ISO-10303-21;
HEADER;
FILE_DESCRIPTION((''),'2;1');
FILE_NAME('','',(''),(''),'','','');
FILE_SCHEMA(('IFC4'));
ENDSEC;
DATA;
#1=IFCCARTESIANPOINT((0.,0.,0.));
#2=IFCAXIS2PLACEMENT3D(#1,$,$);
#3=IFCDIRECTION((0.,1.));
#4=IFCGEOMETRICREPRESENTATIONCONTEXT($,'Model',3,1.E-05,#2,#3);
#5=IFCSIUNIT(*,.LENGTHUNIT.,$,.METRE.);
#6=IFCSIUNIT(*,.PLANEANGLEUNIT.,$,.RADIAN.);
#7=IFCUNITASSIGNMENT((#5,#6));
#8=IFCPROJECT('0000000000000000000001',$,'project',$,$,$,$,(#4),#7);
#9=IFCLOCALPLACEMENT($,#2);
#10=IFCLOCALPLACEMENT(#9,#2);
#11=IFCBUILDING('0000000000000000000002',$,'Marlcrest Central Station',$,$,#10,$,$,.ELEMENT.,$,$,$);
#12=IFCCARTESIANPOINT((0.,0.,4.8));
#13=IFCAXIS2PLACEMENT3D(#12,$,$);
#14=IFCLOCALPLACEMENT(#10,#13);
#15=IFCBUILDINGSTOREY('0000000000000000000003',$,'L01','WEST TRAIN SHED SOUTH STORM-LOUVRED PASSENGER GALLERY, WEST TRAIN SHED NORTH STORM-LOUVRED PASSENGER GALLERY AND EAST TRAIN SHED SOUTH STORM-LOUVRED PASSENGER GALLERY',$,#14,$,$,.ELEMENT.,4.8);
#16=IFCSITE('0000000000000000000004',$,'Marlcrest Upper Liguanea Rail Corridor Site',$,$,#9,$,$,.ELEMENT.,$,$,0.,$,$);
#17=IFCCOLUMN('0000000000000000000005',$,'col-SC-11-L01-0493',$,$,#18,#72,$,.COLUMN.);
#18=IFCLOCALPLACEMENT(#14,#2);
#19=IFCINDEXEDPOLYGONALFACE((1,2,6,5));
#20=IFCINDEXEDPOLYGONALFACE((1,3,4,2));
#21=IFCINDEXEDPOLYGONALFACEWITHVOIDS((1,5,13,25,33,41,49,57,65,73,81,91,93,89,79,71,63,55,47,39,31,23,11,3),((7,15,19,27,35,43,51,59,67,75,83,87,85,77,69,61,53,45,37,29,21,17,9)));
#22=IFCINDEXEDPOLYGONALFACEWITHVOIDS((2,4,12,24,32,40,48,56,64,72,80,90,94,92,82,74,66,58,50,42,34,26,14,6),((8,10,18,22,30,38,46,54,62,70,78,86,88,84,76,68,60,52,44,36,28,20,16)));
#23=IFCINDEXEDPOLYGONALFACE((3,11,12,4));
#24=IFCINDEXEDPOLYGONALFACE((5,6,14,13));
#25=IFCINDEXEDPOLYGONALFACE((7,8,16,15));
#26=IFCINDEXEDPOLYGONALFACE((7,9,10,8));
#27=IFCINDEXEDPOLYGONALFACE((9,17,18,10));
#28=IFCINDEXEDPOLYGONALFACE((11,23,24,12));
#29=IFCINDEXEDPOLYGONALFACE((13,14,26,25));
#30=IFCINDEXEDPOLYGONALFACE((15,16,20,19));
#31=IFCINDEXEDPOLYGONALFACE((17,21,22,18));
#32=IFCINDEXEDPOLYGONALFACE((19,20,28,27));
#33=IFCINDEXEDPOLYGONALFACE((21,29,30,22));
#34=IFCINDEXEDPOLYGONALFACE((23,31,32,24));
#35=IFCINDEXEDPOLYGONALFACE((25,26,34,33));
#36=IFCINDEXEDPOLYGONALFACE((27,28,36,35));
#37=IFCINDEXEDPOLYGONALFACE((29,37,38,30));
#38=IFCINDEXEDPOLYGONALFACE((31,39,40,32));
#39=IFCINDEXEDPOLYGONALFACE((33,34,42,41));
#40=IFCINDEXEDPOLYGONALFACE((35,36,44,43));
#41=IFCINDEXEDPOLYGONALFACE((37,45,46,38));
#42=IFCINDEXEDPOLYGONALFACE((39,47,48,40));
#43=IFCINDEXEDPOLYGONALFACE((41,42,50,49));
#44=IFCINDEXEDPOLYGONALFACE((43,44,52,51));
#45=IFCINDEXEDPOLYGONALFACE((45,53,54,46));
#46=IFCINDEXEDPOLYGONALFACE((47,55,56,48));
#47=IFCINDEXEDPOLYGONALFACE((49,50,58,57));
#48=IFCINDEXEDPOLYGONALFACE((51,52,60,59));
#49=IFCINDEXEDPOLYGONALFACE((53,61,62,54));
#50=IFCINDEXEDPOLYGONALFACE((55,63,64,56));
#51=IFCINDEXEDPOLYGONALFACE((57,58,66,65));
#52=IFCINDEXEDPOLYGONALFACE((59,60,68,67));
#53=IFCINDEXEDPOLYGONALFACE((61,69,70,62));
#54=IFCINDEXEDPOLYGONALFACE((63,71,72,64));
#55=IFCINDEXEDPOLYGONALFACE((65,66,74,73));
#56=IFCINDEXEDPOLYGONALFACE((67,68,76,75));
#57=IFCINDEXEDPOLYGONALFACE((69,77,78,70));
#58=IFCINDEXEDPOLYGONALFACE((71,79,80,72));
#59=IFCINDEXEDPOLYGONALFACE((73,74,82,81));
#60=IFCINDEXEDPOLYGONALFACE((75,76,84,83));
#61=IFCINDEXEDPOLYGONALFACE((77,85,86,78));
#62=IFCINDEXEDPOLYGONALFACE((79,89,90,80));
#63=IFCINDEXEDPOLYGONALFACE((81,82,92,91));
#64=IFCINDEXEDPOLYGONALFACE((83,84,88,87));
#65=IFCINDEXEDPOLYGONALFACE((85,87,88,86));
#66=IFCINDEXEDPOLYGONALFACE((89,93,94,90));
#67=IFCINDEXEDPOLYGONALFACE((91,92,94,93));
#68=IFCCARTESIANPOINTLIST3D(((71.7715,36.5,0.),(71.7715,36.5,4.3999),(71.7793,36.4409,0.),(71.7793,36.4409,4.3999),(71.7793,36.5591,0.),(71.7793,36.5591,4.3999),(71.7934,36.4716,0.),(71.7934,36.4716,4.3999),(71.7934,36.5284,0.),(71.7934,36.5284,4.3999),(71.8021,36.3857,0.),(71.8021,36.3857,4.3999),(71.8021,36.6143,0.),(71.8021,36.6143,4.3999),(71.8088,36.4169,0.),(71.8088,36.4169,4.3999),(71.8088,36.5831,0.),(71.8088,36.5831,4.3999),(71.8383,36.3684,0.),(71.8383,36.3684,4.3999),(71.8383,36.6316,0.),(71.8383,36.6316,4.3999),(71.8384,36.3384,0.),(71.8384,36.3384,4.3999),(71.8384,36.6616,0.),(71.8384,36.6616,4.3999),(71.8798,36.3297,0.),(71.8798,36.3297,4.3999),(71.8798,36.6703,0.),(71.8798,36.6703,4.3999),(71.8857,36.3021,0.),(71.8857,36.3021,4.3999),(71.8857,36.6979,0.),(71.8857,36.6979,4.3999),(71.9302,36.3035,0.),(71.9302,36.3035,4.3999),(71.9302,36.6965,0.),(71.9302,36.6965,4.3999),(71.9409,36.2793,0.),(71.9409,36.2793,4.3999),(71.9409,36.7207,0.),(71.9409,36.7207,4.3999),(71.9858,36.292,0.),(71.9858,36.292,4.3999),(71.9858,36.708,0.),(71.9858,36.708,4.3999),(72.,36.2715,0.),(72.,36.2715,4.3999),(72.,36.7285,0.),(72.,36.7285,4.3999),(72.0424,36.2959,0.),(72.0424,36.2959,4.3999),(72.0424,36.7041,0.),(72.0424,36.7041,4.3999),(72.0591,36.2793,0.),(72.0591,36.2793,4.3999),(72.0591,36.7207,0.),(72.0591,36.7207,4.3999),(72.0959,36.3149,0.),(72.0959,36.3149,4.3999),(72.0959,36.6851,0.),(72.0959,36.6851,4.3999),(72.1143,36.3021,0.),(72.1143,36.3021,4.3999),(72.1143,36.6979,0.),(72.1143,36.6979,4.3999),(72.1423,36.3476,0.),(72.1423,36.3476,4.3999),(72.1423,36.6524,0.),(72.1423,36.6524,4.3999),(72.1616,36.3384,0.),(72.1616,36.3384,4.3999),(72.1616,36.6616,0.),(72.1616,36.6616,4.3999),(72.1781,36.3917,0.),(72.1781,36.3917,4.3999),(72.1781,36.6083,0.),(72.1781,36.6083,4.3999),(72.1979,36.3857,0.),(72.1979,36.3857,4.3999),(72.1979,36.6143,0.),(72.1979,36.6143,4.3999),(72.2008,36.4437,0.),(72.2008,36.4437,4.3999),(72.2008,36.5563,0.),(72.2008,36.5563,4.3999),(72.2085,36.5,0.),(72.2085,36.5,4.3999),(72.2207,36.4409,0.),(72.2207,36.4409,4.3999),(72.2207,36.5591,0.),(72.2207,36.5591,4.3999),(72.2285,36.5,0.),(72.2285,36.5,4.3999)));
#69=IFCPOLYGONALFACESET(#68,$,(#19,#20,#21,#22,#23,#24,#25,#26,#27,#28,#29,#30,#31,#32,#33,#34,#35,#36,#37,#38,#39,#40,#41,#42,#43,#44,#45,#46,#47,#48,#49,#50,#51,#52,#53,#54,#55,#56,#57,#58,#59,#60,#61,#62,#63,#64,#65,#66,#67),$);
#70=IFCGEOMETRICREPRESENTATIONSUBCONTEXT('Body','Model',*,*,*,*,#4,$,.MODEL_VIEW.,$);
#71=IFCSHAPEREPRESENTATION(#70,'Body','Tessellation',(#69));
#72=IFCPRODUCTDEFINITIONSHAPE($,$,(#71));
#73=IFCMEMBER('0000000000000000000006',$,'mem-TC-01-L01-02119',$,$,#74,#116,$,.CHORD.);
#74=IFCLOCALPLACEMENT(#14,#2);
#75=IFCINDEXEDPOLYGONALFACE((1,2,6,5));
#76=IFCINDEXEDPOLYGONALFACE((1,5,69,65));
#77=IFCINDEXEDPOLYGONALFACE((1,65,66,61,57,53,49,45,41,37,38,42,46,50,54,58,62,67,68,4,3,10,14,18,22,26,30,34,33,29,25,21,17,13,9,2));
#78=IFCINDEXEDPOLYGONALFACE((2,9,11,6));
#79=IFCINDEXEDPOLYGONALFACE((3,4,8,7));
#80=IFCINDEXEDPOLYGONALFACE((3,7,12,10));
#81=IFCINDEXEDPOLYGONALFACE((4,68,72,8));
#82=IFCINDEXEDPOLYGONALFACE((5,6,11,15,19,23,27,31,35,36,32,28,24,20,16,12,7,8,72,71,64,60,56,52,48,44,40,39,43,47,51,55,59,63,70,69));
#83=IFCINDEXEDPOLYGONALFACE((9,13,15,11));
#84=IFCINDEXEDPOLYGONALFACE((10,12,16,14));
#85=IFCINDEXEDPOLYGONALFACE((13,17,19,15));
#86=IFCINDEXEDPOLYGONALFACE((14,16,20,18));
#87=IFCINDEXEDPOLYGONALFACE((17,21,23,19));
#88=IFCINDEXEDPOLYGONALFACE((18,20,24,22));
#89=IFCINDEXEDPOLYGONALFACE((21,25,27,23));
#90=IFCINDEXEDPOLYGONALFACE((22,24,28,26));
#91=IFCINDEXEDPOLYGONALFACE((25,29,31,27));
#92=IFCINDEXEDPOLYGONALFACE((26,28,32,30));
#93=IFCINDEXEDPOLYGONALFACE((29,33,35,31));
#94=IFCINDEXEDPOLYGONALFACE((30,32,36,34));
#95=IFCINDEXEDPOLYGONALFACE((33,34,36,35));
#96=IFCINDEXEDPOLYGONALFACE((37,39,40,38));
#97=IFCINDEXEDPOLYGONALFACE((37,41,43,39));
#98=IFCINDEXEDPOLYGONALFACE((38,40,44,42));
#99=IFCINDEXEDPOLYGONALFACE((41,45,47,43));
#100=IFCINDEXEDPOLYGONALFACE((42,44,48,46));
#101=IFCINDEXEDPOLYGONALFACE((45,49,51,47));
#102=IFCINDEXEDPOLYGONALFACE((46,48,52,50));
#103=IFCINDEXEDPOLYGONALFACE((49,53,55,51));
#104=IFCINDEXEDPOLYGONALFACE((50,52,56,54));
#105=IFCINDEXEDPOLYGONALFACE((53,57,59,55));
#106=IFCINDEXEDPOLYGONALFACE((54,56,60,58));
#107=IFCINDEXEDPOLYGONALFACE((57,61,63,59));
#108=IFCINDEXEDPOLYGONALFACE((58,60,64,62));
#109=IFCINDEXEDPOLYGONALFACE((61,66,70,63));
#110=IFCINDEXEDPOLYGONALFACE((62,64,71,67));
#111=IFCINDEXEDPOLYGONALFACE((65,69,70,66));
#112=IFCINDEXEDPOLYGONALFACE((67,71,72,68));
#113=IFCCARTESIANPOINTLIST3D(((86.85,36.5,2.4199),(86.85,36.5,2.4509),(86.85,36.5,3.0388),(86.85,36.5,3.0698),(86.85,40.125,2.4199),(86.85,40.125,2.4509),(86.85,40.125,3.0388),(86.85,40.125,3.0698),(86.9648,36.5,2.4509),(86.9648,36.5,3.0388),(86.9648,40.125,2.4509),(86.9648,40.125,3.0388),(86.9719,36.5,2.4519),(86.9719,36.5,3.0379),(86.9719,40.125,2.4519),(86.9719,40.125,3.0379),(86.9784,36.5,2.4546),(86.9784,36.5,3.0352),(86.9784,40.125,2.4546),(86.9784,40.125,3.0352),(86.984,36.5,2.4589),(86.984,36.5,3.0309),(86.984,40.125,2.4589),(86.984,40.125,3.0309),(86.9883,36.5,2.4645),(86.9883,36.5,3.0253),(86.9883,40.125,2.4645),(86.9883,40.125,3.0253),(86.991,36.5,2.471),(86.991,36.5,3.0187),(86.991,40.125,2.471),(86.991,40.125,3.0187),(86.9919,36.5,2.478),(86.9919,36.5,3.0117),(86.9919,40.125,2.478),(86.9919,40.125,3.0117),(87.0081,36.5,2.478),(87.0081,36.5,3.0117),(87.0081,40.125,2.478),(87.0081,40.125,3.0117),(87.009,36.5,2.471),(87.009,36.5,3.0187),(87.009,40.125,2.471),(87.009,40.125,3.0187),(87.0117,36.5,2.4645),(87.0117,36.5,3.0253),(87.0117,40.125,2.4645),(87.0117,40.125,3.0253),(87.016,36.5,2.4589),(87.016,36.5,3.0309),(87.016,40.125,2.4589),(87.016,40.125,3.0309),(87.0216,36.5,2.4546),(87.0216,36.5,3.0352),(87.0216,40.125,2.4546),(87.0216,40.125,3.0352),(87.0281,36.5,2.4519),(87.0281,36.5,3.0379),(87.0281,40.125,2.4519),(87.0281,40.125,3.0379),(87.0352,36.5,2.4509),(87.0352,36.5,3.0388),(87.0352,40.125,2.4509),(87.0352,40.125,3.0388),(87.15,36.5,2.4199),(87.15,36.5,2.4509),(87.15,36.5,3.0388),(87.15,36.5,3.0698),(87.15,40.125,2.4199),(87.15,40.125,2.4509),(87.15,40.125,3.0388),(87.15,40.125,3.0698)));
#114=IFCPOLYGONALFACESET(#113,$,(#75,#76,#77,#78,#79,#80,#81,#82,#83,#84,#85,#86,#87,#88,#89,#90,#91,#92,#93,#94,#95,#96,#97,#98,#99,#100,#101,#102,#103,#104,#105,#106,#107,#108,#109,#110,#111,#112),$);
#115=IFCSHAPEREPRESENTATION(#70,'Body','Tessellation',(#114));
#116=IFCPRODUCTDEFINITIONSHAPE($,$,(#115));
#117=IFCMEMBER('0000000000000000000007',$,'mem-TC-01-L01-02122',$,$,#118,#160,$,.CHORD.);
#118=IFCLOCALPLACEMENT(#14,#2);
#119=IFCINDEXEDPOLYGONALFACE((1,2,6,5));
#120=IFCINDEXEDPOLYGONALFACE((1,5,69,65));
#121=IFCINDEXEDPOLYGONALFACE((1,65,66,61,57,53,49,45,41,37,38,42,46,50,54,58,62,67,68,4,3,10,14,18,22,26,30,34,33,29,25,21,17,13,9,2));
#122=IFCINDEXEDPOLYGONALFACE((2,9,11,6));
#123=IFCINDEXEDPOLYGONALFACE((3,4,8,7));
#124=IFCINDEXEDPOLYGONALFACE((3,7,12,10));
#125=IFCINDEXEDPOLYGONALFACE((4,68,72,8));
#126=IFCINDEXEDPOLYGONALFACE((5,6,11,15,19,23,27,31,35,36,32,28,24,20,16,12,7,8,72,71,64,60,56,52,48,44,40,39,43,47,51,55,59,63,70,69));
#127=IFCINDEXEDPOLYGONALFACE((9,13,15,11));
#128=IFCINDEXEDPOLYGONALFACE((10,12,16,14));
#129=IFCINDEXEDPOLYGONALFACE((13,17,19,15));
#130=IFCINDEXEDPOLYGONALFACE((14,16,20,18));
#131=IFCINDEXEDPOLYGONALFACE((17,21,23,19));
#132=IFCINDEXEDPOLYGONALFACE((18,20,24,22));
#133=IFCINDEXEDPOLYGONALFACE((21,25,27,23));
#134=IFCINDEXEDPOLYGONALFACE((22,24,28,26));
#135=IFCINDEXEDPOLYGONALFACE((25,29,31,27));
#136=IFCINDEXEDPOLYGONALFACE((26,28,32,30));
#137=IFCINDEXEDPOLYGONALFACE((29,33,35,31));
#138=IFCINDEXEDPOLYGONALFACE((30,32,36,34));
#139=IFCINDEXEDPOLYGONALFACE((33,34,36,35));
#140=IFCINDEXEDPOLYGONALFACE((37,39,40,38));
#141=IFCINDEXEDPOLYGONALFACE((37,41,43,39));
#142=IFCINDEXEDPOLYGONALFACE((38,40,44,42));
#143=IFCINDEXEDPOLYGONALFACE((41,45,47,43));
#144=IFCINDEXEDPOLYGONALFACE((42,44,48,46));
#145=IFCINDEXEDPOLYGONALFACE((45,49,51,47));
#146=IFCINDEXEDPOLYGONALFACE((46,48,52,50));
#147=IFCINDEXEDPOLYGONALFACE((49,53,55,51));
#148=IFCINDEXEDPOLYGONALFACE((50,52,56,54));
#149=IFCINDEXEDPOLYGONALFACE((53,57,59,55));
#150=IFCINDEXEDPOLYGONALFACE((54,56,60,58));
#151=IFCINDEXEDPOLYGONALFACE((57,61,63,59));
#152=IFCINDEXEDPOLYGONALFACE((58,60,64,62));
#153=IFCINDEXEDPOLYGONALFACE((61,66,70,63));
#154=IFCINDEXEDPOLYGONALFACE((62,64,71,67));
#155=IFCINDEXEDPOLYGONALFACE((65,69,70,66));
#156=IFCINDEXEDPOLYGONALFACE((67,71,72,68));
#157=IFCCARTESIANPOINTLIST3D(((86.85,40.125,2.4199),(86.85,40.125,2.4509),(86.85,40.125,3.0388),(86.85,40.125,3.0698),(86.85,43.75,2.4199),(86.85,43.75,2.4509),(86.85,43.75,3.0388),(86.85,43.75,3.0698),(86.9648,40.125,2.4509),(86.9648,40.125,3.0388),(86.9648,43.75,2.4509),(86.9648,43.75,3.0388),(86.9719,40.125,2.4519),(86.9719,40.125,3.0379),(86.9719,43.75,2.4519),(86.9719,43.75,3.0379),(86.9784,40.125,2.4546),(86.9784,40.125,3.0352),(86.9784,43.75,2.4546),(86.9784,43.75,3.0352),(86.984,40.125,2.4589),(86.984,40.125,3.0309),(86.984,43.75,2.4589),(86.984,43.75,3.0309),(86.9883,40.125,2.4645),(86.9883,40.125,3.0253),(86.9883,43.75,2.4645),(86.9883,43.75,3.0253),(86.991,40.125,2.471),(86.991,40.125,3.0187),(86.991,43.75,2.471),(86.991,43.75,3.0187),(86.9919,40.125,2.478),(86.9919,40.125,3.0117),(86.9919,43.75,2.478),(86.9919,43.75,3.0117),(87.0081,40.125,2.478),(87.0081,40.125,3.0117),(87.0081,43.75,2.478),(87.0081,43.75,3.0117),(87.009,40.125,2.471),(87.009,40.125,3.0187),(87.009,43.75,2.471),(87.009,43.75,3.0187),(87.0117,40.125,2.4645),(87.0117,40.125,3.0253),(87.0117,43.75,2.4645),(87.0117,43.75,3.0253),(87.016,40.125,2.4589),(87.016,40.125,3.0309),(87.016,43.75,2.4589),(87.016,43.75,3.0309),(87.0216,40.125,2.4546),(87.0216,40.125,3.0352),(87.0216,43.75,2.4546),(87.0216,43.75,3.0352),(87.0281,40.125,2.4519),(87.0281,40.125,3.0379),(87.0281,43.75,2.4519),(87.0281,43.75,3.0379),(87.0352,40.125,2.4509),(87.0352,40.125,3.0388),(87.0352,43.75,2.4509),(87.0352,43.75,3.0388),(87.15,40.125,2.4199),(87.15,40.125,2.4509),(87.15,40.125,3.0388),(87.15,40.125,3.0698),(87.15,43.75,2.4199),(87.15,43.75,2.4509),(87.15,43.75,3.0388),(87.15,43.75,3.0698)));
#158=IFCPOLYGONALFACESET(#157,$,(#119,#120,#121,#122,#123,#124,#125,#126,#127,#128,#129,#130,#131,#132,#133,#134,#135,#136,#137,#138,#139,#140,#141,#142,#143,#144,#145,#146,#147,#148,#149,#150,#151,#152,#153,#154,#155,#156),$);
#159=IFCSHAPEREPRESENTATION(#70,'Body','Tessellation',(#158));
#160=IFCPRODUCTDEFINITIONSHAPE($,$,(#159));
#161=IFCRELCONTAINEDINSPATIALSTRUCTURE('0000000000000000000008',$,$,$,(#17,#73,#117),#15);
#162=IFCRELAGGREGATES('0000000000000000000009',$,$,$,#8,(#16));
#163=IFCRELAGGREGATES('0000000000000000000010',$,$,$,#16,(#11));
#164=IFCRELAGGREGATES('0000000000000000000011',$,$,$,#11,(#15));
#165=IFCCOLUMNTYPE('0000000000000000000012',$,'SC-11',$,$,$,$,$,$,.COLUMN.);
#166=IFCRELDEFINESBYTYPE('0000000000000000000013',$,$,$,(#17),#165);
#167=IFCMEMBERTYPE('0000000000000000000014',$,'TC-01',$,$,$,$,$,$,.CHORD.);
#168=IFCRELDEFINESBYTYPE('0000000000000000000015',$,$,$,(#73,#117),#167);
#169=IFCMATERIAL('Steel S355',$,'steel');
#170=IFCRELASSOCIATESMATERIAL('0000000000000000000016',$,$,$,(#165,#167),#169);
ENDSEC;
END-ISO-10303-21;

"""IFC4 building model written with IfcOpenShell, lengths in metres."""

from ifc_helpers import new_model, si_unit, direction, frame, origin, origin_2d, place, context, subcontext, project, spatial, hollow_circle, i_section, extrude, material, material_profile, profile_set, type_object, element, save


model = new_model("IFC4")

# Units and contexts
model_context = context("Model", 3, precision=1e-05, world=origin(), true_north=direction((0.0, 1.0)))
body_context = subcontext(model_context, "Body", "Model", "MODEL_VIEW")
ifc_project = project(units=[si_unit("LENGTHUNIT", "METRE"), si_unit("PLANEANGLEUNIT", "RADIAN")], contexts=[model_context])

# Site, building, storey
site_placement = place(None, origin())
site = spatial("IfcSite", under=ifc_project, at=site_placement, Name="Marlcrest Upper Liguanea Rail Corridor Site", CompositionType="ELEMENT", RefElevation=0.0)
building_placement = place(site_placement, origin())
building = spatial("IfcBuilding", under=site, at=building_placement, Name="Marlcrest Central Station", CompositionType="ELEMENT")
storey_placement = place(building_placement, frame((0.0, 0.0, 4.8)))
storey = spatial("IfcBuildingStorey", under=building, at=storey_placement, Name="L01", Description="WEST TRAIN SHED SOUTH STORM-LOUVRED PASSENGER GALLERY, WEST TRAIN SHED NORTH STORM-LOUVRED PASSENGER GALLERY AND EAST TRAIN SHED SOUTH STORM-LOUVRED PASSENGER GALLERY", CompositionType="ELEMENT", Elevation=4.8)

# Column
ifc_material_1 = material(Name="Steel S355", Category="steel")
ifc_material_profile_1 = material_profile(ifc_material_1, hollow_circle(Radius=0.2285, WallThickness=0.02, at=origin_2d()), Name="CHS 457x20")
ifc_profile_set_1 = profile_set([ifc_material_profile_1], Name="Steel S355")
column_type_1 = type_object("IfcColumnType", Name="SC-11", PredefinedType="COLUMN", material=ifc_profile_set_1)
for number, where, z_axis, x_axis, name in (
    (1, (72.0, 36.5, 0.0), (0.0, 0.0, 1.0), (1.0, 0.0, 0.0), "col-SC-11-L01-0493"),
):
    element("IfcColumn", number, at=place(storey_placement, frame(where, z_axis=z_axis, x_axis=x_axis)), inside=storey, type_object=column_type_1, Name=name, PredefinedType="COLUMN", context=body_context, shape_type="SweptSolid", body=[
        extrude(hollow_circle(Radius=0.2285, WallThickness=0.02, at=origin_2d()), origin(), (0.0, 0.0, 1.0), 4.3999),
    ])

# Members
ifc_material_profile_2 = material_profile(ifc_material_1, i_section(OverallWidth=0.3, OverallDepth=0.6499, WebThickness=0.0161, FlangeThickness=0.031, FilletRadius=0.0271, at=origin_2d()), Name="HEB 650")
ifc_profile_set_2 = profile_set([ifc_material_profile_2], Name="Steel S355")
member_type_1 = type_object("IfcMemberType", Name="TC-01", PredefinedType="CHORD", material=ifc_profile_set_2)
for number, where, z_axis, x_axis, name in (
    (2, (87.0, 36.5, 2.7449), (0.0, 1.0, 0.0), (-1.0, 0.0, 0.0), "mem-TC-01-L01-02119"),
    (3, (87.0, 40.125, 2.7449), (0.0, 1.0, 0.0), (-1.0, 0.0, 0.0), "mem-TC-01-L01-02122"),
):
    element("IfcMember", number, at=place(storey_placement, frame(where, z_axis=z_axis, x_axis=x_axis)), inside=storey, type_object=member_type_1, Name=name, PredefinedType="CHORD", context=body_context, shape_type="SweptSolid", body=[
        extrude(i_section(OverallWidth=0.3, OverallDepth=0.6499, WebThickness=0.0161, FlangeThickness=0.031, FilletRadius=0.0271, at=origin_2d()), origin(), (0.0, 0.0, 1.0), 3.625),
    ])

save(model, "model.ifc")
